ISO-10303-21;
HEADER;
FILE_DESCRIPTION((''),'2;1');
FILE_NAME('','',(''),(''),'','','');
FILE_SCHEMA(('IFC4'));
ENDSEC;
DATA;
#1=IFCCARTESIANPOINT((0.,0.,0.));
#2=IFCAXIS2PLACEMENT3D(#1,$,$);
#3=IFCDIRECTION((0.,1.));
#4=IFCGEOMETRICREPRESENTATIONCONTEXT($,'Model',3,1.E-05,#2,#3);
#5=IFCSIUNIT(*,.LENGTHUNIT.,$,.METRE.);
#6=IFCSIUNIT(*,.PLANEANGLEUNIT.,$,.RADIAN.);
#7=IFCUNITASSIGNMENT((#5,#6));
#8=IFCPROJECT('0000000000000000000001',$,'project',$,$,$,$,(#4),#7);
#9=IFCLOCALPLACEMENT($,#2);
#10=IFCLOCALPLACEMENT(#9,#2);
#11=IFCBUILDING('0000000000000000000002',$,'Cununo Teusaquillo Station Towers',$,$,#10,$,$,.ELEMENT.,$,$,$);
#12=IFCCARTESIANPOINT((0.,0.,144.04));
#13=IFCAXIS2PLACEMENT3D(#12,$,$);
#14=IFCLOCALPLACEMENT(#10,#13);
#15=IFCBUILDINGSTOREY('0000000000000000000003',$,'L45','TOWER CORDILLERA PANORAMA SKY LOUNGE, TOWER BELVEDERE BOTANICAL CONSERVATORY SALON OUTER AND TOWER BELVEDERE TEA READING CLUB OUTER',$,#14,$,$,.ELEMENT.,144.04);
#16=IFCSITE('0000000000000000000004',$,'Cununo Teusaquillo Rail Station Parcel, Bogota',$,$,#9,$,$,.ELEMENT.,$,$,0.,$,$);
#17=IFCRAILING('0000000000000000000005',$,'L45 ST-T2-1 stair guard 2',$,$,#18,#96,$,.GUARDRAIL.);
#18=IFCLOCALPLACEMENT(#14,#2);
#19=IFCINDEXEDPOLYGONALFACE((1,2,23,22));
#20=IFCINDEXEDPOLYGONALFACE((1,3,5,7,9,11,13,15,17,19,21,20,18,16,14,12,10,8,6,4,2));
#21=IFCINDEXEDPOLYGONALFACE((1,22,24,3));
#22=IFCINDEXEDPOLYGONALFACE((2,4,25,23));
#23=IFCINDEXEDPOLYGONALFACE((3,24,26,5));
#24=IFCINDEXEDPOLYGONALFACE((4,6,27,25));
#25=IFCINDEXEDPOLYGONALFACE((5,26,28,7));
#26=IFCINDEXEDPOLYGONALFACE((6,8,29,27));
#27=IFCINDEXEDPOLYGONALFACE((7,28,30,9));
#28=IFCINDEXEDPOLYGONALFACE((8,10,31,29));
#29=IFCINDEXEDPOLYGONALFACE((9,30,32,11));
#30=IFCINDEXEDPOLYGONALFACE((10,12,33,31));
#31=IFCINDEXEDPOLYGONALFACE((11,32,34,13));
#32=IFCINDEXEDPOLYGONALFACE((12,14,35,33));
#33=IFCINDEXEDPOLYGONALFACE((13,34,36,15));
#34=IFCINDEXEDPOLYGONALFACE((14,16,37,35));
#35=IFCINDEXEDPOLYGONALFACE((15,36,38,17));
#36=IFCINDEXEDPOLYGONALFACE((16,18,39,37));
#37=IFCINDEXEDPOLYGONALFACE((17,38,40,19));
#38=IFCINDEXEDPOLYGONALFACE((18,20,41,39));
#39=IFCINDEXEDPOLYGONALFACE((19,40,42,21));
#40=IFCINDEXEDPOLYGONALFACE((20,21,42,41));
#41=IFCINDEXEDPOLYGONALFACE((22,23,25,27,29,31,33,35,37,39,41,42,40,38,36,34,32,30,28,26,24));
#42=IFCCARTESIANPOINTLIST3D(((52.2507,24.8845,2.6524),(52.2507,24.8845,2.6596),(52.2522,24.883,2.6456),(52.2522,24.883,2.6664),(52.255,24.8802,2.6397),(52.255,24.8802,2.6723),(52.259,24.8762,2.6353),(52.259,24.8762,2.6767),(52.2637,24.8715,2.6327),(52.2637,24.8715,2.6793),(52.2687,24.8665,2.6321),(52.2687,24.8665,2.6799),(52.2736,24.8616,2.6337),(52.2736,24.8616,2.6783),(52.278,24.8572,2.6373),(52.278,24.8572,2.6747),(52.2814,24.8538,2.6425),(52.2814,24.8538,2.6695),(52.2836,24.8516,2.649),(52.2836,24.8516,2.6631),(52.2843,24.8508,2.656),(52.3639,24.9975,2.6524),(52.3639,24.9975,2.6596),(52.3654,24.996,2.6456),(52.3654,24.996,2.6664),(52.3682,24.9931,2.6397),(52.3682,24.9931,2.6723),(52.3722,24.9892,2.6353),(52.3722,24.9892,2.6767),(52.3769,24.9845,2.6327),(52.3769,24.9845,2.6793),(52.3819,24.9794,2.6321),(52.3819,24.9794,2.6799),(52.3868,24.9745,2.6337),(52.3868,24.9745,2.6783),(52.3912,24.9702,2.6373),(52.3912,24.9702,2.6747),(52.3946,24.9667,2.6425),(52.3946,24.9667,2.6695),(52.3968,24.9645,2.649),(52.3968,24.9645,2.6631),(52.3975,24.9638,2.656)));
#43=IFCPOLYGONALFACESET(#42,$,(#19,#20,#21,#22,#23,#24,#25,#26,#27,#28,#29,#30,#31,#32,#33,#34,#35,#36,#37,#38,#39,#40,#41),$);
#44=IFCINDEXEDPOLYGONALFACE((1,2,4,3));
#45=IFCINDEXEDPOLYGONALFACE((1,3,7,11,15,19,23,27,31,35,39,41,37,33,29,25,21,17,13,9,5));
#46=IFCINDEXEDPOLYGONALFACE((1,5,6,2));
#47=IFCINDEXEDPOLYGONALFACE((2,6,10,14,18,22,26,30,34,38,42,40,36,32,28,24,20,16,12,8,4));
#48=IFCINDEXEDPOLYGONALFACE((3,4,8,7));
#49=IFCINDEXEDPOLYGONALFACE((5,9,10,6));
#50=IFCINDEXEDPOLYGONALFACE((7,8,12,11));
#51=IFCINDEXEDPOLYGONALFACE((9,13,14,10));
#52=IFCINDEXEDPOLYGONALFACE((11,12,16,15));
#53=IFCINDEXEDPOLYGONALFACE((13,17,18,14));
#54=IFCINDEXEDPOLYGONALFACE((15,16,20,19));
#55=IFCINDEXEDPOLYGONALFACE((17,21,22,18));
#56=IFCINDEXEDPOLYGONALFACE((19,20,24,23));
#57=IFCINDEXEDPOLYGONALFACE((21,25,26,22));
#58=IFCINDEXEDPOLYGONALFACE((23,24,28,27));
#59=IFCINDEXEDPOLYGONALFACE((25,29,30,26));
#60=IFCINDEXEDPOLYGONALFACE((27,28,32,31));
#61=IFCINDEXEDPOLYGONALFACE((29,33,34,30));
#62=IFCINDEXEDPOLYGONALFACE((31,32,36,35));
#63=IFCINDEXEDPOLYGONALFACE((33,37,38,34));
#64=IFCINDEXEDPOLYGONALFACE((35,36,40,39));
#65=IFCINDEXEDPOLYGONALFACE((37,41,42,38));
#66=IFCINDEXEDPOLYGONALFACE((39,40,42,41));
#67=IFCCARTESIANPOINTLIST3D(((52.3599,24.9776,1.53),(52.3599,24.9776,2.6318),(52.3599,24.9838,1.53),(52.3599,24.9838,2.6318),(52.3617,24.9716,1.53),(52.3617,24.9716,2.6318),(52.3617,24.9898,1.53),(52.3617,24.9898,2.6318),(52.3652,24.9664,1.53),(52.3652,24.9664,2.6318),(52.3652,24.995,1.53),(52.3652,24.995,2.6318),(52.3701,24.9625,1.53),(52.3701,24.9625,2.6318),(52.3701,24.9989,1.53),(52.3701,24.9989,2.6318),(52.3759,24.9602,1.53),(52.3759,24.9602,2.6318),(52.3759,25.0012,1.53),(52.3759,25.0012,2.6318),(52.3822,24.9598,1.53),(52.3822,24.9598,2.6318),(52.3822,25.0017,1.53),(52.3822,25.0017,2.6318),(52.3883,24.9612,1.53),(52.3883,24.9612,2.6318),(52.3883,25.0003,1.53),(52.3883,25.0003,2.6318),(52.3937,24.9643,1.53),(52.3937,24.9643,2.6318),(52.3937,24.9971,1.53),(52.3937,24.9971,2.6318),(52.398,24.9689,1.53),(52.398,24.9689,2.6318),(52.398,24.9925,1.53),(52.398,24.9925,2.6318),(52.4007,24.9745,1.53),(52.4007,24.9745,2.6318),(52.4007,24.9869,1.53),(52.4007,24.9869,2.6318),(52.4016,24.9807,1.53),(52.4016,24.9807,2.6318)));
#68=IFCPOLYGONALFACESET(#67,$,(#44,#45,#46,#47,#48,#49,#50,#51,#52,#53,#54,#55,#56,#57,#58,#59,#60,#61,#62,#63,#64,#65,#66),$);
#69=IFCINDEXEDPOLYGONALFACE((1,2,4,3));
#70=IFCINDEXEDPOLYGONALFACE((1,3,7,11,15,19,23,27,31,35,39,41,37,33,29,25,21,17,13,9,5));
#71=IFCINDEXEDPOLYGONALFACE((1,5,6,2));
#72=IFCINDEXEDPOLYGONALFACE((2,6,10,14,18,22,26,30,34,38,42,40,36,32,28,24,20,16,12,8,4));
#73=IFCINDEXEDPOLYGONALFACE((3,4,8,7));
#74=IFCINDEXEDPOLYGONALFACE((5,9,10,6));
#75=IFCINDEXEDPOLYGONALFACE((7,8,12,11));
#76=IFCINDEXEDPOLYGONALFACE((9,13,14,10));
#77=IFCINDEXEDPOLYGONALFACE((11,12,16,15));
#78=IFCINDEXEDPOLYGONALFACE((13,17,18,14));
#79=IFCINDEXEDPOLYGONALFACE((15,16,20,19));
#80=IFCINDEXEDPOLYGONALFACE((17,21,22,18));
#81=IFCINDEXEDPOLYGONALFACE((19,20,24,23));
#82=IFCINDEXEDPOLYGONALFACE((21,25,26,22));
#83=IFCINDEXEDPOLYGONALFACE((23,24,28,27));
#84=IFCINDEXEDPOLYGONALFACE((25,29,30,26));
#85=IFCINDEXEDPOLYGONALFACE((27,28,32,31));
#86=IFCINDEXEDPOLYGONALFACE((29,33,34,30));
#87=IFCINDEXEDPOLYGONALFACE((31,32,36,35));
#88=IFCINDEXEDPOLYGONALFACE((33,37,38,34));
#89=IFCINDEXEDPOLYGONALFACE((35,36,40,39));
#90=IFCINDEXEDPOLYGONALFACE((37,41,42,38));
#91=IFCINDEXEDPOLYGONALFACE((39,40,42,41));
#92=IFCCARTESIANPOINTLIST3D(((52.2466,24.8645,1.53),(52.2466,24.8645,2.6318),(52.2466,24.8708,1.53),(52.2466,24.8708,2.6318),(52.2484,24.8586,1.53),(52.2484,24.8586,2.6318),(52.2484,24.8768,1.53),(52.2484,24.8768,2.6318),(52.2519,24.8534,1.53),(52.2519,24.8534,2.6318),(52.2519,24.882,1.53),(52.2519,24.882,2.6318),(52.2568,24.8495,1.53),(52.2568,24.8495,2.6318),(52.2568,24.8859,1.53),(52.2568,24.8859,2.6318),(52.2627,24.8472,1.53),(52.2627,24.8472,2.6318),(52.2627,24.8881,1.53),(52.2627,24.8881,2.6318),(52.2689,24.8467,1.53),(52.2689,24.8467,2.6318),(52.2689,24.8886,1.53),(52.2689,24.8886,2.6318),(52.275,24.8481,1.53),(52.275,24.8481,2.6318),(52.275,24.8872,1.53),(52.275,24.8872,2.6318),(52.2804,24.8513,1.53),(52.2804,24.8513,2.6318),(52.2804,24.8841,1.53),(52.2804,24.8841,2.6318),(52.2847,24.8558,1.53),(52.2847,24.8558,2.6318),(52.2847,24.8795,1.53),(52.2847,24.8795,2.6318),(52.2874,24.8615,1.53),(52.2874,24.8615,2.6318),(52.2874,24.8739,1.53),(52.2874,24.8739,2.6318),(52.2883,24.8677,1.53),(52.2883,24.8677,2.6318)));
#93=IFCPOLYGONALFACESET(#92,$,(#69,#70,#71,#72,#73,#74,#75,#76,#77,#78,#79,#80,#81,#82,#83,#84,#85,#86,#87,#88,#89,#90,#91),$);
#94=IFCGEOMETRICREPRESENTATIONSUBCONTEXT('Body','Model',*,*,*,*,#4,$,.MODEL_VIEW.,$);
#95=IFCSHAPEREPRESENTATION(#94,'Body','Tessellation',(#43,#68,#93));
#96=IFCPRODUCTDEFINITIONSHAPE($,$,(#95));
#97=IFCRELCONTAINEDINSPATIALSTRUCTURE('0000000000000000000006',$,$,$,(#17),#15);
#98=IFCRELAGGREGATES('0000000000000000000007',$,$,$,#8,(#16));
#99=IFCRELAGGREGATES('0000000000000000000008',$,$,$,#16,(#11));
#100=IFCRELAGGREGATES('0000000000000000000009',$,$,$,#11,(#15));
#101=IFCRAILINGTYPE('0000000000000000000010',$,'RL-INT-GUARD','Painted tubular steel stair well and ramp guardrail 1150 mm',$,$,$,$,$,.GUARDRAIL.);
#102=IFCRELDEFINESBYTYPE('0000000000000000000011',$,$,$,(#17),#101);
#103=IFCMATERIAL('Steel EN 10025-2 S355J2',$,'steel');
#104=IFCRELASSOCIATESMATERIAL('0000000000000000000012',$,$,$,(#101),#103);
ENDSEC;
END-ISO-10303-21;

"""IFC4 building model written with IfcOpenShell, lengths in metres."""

from ifc_helpers import new_model, si_unit, direction, frame, origin, origin_2d, place, context, subcontext, project, spatial, circle, extrude, material, type_object, element, save


model = new_model("IFC4")

# Units and contexts
model_context = context("Model", 3, precision=1e-05, world=origin(), true_north=direction((0.0, 1.0)))
body_context = subcontext(model_context, "Body", "Model", "MODEL_VIEW")
ifc_project = project(units=[si_unit("LENGTHUNIT", "METRE"), si_unit("PLANEANGLEUNIT", "RADIAN")], contexts=[model_context])

# Site, building, storey
site_placement = place(None, origin())
site = spatial("IfcSite", under=ifc_project, at=site_placement, Name="Cununo Teusaquillo Rail Station Parcel, Bogota", CompositionType="ELEMENT", RefElevation=0.0)
building_placement = place(site_placement, origin())
building = spatial("IfcBuilding", under=site, at=building_placement, Name="Cununo Teusaquillo Station Towers", CompositionType="ELEMENT")
storey_placement = place(building_placement, frame((0.0, 0.0, 144.04)))
storey = spatial("IfcBuildingStorey", under=building, at=storey_placement, Name="L45", Description="TOWER CORDILLERA PANORAMA SKY LOUNGE, TOWER BELVEDERE BOTANICAL CONSERVATORY SALON OUTER AND TOWER BELVEDERE TEA READING CLUB OUTER", CompositionType="ELEMENT", Elevation=144.04)

# Railing
ifc_material_1 = material(Name="Steel EN 10025-2 S355J2", Category="steel")
railing_type_1 = type_object("IfcRailingType", Name="RL-INT-GUARD", Description="Painted tubular steel stair well and ramp guardrail 1150 mm", PredefinedType="GUARDRAIL", material=ifc_material_1)
railing_1_placement = place(storey_placement, frame((52.3806, 24.9807, 1.53)))
element("IfcRailing", 1, at=railing_1_placement, inside=storey, type_object=railing_type_1, Name="L45 ST-T2-1 stair guard 2", PredefinedType="GUARDRAIL", context=body_context, shape_type="SweptSolid", body=[
    extrude(circle(Radius=0.0239, at=origin_2d()), frame((0.0, 0.0, 1.126), z_axis=(-0.707869, -0.706344, 0.0), x_axis=(0.706344, -0.707869, 0.0)), (0.0, 0.0, 1.0), 0.1599),
    extrude(circle(Radius=0.021, at=origin_2d()), origin(), (0.0, 0.0, 1.0), 1.1018),
    extrude(circle(Radius=0.021, at=origin_2d()), frame((-0.1133, -0.113, 0.0)), (0.0, 0.0, 1.0), 1.1018),
])

save(model, "model.ifc")
